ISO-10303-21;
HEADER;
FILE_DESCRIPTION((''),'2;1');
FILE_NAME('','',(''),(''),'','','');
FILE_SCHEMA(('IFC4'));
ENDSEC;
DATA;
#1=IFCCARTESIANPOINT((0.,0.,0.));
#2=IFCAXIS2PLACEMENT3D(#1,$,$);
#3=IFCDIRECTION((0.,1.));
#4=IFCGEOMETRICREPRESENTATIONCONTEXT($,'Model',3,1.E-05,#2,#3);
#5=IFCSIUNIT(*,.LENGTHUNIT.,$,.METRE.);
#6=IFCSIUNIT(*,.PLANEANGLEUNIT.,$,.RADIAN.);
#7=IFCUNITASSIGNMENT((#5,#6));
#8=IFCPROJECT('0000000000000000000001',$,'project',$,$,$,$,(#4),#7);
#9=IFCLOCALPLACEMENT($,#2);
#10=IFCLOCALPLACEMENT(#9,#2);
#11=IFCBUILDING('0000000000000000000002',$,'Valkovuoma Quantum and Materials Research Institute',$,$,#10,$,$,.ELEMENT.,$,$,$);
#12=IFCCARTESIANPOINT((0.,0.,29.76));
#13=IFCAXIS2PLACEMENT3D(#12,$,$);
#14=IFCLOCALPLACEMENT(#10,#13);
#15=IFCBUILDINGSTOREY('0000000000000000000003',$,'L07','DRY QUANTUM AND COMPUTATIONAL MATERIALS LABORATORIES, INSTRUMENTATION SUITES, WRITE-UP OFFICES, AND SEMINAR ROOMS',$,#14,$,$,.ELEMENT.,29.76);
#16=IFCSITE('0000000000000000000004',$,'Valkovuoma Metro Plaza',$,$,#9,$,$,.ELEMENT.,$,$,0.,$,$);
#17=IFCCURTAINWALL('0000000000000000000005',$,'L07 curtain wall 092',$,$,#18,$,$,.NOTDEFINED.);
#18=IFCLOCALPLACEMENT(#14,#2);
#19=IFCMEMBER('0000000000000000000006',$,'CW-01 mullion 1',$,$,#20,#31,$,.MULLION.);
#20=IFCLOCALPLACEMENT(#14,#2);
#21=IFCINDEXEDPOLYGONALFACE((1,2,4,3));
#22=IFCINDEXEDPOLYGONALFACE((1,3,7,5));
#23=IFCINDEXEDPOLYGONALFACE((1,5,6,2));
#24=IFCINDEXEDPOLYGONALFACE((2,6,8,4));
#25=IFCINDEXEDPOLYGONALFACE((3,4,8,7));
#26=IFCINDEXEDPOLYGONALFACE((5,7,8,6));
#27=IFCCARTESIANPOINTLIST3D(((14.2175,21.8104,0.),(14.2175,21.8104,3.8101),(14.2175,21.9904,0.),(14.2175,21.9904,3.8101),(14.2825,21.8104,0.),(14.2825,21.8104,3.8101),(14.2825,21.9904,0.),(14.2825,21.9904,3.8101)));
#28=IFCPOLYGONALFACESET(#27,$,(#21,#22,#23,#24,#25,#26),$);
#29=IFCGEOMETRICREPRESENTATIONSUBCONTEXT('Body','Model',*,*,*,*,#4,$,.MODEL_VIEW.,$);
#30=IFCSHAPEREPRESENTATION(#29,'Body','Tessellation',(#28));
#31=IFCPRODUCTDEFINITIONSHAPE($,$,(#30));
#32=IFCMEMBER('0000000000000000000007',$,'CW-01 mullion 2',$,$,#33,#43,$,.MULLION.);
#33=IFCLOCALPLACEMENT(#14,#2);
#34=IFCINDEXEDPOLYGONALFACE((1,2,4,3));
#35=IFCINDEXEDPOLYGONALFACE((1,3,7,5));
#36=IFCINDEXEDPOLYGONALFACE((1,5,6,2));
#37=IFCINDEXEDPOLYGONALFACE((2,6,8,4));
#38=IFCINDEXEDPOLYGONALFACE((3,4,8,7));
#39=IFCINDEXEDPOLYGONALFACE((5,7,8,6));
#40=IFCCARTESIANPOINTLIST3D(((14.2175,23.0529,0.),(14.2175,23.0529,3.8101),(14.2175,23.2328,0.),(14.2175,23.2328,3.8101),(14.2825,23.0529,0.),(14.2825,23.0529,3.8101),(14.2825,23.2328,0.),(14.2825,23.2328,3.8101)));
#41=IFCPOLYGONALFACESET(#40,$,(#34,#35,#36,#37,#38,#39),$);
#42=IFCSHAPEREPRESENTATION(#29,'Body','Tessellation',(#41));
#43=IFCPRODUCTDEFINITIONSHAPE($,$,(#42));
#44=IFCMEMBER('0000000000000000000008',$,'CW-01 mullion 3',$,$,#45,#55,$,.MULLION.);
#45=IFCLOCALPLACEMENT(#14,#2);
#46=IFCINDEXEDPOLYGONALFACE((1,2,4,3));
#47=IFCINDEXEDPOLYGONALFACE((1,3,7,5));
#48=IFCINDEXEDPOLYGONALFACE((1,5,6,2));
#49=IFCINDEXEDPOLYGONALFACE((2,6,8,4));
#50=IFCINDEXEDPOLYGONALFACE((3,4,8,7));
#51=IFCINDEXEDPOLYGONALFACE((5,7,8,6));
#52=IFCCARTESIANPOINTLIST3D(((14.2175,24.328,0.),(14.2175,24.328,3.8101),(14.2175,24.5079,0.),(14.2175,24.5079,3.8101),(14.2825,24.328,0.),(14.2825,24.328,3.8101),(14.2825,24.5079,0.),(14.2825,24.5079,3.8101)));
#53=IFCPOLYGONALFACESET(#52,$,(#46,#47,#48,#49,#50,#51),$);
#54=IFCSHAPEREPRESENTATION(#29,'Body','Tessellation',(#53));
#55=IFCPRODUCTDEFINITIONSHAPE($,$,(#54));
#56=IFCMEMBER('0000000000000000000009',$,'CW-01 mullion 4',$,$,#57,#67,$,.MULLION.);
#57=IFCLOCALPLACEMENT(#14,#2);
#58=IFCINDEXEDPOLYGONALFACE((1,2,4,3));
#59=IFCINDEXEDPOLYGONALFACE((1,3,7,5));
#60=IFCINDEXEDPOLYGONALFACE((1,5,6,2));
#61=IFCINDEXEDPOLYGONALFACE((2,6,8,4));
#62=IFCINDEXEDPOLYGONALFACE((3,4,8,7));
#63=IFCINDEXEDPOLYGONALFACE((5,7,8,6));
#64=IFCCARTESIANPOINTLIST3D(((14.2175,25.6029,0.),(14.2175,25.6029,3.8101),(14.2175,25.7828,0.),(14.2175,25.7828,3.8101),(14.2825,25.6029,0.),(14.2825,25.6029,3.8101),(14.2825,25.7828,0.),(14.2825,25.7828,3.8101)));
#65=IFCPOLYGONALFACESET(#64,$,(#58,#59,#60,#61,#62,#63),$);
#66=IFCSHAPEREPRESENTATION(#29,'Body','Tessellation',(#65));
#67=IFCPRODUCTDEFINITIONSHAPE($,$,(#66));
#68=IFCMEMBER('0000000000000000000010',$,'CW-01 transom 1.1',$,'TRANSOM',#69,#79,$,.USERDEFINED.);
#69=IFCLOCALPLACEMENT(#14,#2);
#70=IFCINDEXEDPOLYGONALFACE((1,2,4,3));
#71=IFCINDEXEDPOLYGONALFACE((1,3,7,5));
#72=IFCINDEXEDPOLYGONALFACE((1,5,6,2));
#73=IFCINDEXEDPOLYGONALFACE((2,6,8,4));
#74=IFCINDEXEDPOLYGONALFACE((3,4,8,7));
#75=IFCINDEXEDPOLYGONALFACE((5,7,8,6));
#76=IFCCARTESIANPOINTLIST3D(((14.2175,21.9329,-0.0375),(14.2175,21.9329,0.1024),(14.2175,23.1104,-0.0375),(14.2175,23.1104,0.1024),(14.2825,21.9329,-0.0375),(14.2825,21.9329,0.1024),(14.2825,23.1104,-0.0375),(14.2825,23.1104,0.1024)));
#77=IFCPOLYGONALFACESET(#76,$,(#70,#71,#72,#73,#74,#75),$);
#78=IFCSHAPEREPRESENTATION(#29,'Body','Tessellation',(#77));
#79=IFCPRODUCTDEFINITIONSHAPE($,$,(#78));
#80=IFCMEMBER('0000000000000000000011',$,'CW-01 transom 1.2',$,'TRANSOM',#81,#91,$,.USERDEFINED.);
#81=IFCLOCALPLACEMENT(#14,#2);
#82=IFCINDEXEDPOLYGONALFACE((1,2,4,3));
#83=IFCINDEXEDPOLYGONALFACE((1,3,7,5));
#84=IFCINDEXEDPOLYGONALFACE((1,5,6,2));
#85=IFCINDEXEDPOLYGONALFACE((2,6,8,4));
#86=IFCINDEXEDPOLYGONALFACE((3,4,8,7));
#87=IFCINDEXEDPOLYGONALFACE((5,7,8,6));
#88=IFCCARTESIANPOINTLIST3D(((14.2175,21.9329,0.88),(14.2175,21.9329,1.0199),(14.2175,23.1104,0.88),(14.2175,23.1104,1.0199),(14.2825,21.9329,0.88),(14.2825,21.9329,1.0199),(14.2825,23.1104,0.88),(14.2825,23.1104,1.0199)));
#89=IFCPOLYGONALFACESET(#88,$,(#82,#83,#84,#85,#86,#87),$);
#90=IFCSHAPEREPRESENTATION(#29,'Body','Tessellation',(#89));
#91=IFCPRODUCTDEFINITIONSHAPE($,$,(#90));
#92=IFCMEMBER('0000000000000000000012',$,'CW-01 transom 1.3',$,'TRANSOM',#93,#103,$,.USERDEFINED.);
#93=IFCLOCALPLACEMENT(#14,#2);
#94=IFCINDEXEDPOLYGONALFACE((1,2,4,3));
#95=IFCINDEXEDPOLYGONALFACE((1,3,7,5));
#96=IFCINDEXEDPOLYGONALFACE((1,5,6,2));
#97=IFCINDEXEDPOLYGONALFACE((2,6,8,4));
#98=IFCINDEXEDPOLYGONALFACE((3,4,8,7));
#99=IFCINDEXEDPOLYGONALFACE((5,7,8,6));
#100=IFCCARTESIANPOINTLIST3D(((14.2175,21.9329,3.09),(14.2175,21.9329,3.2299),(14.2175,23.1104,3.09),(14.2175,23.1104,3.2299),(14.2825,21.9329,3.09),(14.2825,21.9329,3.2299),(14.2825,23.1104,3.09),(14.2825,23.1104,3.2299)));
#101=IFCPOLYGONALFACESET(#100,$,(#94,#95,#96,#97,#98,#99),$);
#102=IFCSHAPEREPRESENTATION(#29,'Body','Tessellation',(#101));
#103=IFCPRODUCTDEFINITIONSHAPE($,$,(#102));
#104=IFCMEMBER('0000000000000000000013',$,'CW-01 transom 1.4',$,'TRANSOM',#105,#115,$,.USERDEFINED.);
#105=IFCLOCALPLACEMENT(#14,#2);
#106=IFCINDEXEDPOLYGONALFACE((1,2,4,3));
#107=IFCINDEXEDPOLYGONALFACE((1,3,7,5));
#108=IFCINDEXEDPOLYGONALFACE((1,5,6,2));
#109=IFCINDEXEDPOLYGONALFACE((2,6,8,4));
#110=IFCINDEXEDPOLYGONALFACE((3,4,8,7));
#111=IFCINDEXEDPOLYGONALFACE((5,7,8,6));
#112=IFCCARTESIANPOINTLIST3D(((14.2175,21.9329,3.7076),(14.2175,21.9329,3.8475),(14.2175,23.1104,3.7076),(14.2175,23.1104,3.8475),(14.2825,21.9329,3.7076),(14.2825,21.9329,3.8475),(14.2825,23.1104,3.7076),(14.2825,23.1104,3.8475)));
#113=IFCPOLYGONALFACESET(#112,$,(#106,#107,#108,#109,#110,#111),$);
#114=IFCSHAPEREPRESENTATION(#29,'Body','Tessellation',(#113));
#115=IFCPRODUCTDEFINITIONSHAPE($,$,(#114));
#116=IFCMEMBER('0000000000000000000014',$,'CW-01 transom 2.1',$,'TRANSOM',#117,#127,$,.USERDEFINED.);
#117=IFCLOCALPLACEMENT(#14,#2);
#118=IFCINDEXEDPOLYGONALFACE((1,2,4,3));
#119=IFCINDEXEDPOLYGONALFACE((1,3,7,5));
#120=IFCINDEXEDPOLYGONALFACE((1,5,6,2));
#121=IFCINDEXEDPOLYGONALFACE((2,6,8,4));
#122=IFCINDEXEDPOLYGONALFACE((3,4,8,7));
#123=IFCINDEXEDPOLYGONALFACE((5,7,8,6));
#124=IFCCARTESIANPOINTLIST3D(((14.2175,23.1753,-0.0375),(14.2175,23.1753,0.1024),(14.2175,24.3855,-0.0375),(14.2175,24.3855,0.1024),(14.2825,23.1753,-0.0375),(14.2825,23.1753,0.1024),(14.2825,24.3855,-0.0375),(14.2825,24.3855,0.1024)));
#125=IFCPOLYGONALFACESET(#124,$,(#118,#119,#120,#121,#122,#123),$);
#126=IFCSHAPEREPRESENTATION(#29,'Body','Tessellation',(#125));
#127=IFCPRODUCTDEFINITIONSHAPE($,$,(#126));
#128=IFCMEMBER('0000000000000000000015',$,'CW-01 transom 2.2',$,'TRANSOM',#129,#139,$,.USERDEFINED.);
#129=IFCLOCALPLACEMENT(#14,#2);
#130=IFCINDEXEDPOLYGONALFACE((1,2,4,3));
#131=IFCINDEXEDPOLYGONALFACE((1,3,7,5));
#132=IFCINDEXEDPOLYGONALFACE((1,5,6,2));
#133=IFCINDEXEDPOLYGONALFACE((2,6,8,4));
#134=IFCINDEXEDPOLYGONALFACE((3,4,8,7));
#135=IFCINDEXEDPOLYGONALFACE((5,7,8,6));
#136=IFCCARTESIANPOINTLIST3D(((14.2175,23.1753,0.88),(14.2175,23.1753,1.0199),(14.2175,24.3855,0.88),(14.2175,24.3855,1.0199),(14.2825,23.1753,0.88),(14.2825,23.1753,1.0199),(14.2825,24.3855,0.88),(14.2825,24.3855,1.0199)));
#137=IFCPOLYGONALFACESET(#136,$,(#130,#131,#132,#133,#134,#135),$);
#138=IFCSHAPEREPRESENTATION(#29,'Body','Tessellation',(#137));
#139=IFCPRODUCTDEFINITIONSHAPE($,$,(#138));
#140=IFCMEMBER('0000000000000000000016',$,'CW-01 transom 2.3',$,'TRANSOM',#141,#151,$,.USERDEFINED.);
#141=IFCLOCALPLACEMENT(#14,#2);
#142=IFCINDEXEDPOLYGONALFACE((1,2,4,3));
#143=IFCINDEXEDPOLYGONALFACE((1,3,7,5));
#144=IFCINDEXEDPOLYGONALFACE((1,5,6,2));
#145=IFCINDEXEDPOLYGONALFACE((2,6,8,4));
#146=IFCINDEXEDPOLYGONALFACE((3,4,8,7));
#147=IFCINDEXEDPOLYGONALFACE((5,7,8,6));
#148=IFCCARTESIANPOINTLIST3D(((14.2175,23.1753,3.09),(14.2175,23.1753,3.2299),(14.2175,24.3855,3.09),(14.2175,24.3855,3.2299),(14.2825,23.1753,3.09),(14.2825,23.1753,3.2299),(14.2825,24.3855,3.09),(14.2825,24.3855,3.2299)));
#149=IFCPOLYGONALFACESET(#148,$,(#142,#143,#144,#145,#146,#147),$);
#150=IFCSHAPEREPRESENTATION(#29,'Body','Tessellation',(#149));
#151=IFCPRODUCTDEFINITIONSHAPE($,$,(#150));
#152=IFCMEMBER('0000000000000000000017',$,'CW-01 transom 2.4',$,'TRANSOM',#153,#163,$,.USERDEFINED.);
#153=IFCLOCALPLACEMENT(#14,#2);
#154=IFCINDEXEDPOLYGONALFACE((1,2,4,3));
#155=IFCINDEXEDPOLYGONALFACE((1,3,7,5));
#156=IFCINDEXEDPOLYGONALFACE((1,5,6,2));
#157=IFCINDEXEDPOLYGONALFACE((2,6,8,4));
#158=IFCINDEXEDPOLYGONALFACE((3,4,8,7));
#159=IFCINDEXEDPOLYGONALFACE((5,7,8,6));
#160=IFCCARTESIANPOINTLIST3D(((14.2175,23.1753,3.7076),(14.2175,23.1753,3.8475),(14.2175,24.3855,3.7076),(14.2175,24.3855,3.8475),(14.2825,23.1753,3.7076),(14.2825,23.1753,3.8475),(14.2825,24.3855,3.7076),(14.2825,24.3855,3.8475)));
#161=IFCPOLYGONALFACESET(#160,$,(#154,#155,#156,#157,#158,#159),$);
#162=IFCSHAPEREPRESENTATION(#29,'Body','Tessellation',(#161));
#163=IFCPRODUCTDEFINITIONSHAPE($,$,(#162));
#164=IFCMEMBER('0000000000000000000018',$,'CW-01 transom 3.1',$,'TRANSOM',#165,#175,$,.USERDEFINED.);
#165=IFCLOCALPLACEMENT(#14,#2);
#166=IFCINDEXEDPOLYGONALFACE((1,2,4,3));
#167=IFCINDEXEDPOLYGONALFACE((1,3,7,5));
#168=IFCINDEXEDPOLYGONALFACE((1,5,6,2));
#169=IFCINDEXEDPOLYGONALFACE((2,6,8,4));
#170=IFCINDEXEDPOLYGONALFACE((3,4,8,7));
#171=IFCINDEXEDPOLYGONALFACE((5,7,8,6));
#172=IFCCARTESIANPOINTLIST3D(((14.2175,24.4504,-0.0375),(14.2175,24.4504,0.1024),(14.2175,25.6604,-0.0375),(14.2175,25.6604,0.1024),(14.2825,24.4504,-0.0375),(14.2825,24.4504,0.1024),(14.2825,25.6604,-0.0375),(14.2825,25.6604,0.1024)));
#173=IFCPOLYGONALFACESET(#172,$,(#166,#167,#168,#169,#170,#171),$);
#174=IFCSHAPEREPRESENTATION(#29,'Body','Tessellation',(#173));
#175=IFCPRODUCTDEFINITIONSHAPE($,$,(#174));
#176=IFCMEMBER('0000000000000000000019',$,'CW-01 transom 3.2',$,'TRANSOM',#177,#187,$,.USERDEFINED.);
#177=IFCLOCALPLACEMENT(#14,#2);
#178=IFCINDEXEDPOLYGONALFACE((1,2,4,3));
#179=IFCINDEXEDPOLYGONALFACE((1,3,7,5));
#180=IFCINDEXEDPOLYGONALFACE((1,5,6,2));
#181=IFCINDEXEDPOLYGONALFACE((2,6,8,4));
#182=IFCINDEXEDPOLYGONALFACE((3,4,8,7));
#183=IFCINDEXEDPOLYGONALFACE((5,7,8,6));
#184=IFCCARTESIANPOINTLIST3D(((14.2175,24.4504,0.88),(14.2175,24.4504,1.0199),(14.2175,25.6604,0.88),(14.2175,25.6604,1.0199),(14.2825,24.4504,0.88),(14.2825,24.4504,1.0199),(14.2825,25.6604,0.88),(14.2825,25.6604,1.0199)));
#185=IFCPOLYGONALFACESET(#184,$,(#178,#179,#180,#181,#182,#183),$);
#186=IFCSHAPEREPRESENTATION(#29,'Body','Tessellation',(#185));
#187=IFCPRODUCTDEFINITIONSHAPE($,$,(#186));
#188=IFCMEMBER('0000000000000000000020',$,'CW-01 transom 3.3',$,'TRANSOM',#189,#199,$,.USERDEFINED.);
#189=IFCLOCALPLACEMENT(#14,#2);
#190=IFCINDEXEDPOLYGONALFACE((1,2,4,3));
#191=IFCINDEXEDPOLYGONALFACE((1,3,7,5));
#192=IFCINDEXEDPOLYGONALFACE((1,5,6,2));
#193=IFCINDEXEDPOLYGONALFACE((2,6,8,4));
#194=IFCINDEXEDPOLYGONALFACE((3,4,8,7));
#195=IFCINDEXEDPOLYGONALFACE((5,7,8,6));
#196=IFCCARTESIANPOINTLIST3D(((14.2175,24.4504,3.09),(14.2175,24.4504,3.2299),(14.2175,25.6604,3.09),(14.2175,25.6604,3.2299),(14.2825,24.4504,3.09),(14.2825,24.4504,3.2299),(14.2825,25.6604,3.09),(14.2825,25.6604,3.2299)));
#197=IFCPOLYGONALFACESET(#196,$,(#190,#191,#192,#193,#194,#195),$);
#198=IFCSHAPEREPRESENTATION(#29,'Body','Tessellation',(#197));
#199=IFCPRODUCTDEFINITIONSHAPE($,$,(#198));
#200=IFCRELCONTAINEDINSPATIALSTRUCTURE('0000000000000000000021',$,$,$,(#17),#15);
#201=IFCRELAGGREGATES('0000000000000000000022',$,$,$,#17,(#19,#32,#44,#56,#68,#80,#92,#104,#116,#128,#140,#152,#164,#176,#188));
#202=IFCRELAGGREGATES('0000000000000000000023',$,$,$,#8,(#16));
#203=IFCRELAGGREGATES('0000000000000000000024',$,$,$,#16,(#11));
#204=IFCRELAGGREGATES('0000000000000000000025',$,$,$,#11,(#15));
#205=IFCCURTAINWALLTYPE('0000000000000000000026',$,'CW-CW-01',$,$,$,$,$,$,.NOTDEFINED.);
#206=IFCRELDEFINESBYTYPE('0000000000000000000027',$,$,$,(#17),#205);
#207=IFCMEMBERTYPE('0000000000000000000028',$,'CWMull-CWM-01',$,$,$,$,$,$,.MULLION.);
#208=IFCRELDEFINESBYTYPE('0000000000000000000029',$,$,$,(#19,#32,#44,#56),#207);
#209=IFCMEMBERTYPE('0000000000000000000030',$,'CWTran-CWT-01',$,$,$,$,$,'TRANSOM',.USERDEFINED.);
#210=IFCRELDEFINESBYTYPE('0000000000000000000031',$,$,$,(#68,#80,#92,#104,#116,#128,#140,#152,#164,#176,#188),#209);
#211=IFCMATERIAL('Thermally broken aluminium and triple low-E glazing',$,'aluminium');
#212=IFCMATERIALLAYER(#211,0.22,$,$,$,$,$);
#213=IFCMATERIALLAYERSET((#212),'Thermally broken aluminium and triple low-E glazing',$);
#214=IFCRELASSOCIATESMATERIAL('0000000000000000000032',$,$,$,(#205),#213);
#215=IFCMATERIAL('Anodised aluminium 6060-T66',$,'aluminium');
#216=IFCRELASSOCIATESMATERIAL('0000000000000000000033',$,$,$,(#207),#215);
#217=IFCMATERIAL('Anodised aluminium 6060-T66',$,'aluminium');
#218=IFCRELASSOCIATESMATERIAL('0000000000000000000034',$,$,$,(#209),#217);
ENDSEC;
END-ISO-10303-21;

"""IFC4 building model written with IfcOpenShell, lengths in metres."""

from ifc_helpers import new_model, si_unit, direction, frame, origin, origin_2d, place, context, subcontext, project, spatial, rectangle, extrude, material, layer, layer_set, material_profile, profile_set, type_object, element, aggregate, save


model = new_model("IFC4")

# Units and contexts
model_context = context("Model", 3, precision=1e-05, world=origin(), true_north=direction((0.0, 1.0)))
body_context = subcontext(model_context, "Body", "Model", "MODEL_VIEW")
ifc_project = project(units=[si_unit("LENGTHUNIT", "METRE"), si_unit("PLANEANGLEUNIT", "RADIAN")], contexts=[model_context])

# Site, building, storey
site_placement = place(None, origin())
site = spatial("IfcSite", under=ifc_project, at=site_placement, Name="Valkovuoma Metro Plaza", CompositionType="ELEMENT", RefElevation=0.0)
building_placement = place(site_placement, origin())
building = spatial("IfcBuilding", under=site, at=building_placement, Name="Valkovuoma Quantum and Materials Research Institute", CompositionType="ELEMENT")
storey_placement = place(building_placement, frame((0.0, 0.0, 29.76)))
storey = spatial("IfcBuildingStorey", under=building, at=storey_placement, Name="L07", Description="DRY QUANTUM AND COMPUTATIONAL MATERIALS LABORATORIES, INSTRUMENTATION SUITES, WRITE-UP OFFICES, AND SEMINAR ROOMS", CompositionType="ELEMENT", Elevation=29.76)

# Curtain wall, members
ifc_material_1 = material(Name="Thermally broken aluminium and triple low-E glazing", Category="aluminium")
ifc_layer_1 = layer(ifc_material_1, 0.22)
ifc_layer_set_1 = layer_set([ifc_layer_1], Name="Thermally broken aluminium and triple low-E glazing")
curtain_wall_type = type_object("IfcCurtainWallType", Name="CW-CW-01", PredefinedType="NOTDEFINED", material=ifc_layer_set_1)
curtain_wall_placement = place(storey_placement, origin())
curtain_wall = element("IfcCurtainWall", 1, at=curtain_wall_placement, inside=storey, type_object=curtain_wall_type, Name="L07 curtain wall 092", PredefinedType="NOTDEFINED")
ifc_material_2 = material(Name="Anodised aluminium 6060-T66", Category="aluminium")
ifc_material_profile_1 = material_profile(ifc_material_2, rectangle(XDim=0.0649, YDim=0.1799, at=origin_2d()), Name="Anodised aluminium 6060-T66")
ifc_profile_set_1 = profile_set([ifc_material_profile_1], Name="Anodised aluminium 6060-T66")
member_type_1 = type_object("IfcMemberType", Name="CWMull-CWM-01", PredefinedType="MULLION", material=ifc_profile_set_1)
member_1_placement = place(storey_placement, frame((14.25, 21.9004, 0.0), z_axis=(0.0, 0.0, 1.0), x_axis=(-1.0, 0.0, 0.0)))
member_1 = element("IfcMember", 2, at=member_1_placement, type_object=member_type_1, Name="CW-01 mullion 1", PredefinedType="MULLION", context=body_context, shape_type="SweptSolid", body=[
    extrude(rectangle(XDim=0.0649, YDim=0.1799, at=origin_2d()), origin(), (0.0, 0.0, 1.0), 3.8101),
])
member_2_placement = place(storey_placement, frame((14.25, 23.1428, 0.0), z_axis=(0.0, 0.0, 1.0), x_axis=(-1.0, 0.0, 0.0)))
member_2 = element("IfcMember", 3, at=member_2_placement, type_object=member_type_1, Name="CW-01 mullion 2", PredefinedType="MULLION", context=body_context, shape_type="SweptSolid", body=[
    extrude(rectangle(XDim=0.0649, YDim=0.1799, at=origin_2d()), origin(), (0.0, 0.0, 1.0), 3.8101),
])
member_3_placement = place(storey_placement, frame((14.25, 24.418, 0.0), z_axis=(0.0, 0.0, 1.0), x_axis=(-1.0, 0.0, 0.0)))
member_3 = element("IfcMember", 4, at=member_3_placement, type_object=member_type_1, Name="CW-01 mullion 3", PredefinedType="MULLION", context=body_context, shape_type="SweptSolid", body=[
    extrude(rectangle(XDim=0.0649, YDim=0.1799, at=origin_2d()), origin(), (0.0, 0.0, 1.0), 3.8101),
])
member_4_placement = place(storey_placement, frame((14.25, 25.6929, 0.0), z_axis=(0.0, 0.0, 1.0), x_axis=(-1.0, 0.0, 0.0)))
member_4 = element("IfcMember", 5, at=member_4_placement, type_object=member_type_1, Name="CW-01 mullion 4", PredefinedType="MULLION", context=body_context, shape_type="SweptSolid", body=[
    extrude(rectangle(XDim=0.0649, YDim=0.1799, at=origin_2d()), origin(), (0.0, 0.0, 1.0), 3.8101),
])
ifc_material_3 = material(Name="Anodised aluminium 6060-T66", Category="aluminium")
ifc_material_profile_2 = material_profile(ifc_material_3, rectangle(XDim=0.0649, YDim=0.1399, at=origin_2d()), Name="Anodised aluminium 6060-T66")
ifc_profile_set_2 = profile_set([ifc_material_profile_2], Name="Anodised aluminium 6060-T66")
member_type_2 = type_object("IfcMemberType", Name="CWTran-CWT-01", ElementType="TRANSOM", PredefinedType="USERDEFINED", material=ifc_profile_set_2)
member_5_placement = place(storey_placement, frame((14.25, 21.9329, 0.0325), z_axis=(0.0, 1.0, 0.0), x_axis=(-1.0, 0.0, 0.0)))
member_5 = element("IfcMember", 6, at=member_5_placement, type_object=member_type_2, Name="CW-01 transom 1.1", ObjectType="TRANSOM", PredefinedType="USERDEFINED", context=body_context, shape_type="SweptSolid", body=[
    extrude(rectangle(XDim=0.0649, YDim=0.1399, at=origin_2d()), origin(), (0.0, 0.0, 1.0), 1.1775),
])
member_6_placement = place(storey_placement, frame((14.25, 21.9329, 0.95), z_axis=(0.0, 1.0, 0.0), x_axis=(-1.0, 0.0, 0.0)))
member_6 = element("IfcMember", 7, at=member_6_placement, type_object=member_type_2, Name="CW-01 transom 1.2", ObjectType="TRANSOM", PredefinedType="USERDEFINED", context=body_context, shape_type="SweptSolid", body=[
    extrude(rectangle(XDim=0.0649, YDim=0.1399, at=origin_2d()), origin(), (0.0, 0.0, 1.0), 1.1775),
])
member_7_placement = place(storey_placement, frame((14.25, 21.9329, 3.1599), z_axis=(0.0, 1.0, 0.0), x_axis=(-1.0, 0.0, 0.0)))
member_7 = element("IfcMember", 8, at=member_7_placement, type_object=member_type_2, Name="CW-01 transom 1.3", ObjectType="TRANSOM", PredefinedType="USERDEFINED", context=body_context, shape_type="SweptSolid", body=[
    extrude(rectangle(XDim=0.0649, YDim=0.1399, at=origin_2d()), origin(), (0.0, 0.0, 1.0), 1.1775),
])
member_8_placement = place(storey_placement, frame((14.25, 21.9329, 3.7776), z_axis=(0.0, 1.0, 0.0), x_axis=(-1.0, 0.0, 0.0)))
member_8 = element("IfcMember", 9, at=member_8_placement, type_object=member_type_2, Name="CW-01 transom 1.4", ObjectType="TRANSOM", PredefinedType="USERDEFINED", context=body_context, shape_type="SweptSolid", body=[
    extrude(rectangle(XDim=0.0649, YDim=0.1399, at=origin_2d()), origin(), (0.0, 0.0, 1.0), 1.1775),
])
member_9_placement = place(storey_placement, frame((14.25, 23.1753, 0.0325), z_axis=(0.0, 1.0, 0.0), x_axis=(-1.0, 0.0, 0.0)))
member_9 = element("IfcMember", 10, at=member_9_placement, type_object=member_type_2, Name="CW-01 transom 2.1", ObjectType="TRANSOM", PredefinedType="USERDEFINED", context=body_context, shape_type="SweptSolid", body=[
    extrude(rectangle(XDim=0.0649, YDim=0.1399, at=origin_2d()), origin(), (0.0, 0.0, 1.0), 1.2102),
])
member_10_placement = place(storey_placement, frame((14.25, 23.1753, 0.95), z_axis=(0.0, 1.0, 0.0), x_axis=(-1.0, 0.0, 0.0)))
member_10 = element("IfcMember", 11, at=member_10_placement, type_object=member_type_2, Name="CW-01 transom 2.2", ObjectType="TRANSOM", PredefinedType="USERDEFINED", context=body_context, shape_type="SweptSolid", body=[
    extrude(rectangle(XDim=0.0649, YDim=0.1399, at=origin_2d()), origin(), (0.0, 0.0, 1.0), 1.2102),
])
member_11_placement = place(storey_placement, frame((14.25, 23.1753, 3.1599), z_axis=(0.0, 1.0, 0.0), x_axis=(-1.0, 0.0, 0.0)))
member_11 = element("IfcMember", 12, at=member_11_placement, type_object=member_type_2, Name="CW-01 transom 2.3", ObjectType="TRANSOM", PredefinedType="USERDEFINED", context=body_context, shape_type="SweptSolid", body=[
    extrude(rectangle(XDim=0.0649, YDim=0.1399, at=origin_2d()), origin(), (0.0, 0.0, 1.0), 1.2102),
])
member_12_placement = place(storey_placement, frame((14.25, 23.1753, 3.7776), z_axis=(0.0, 1.0, 0.0), x_axis=(-1.0, 0.0, 0.0)))
member_12 = element("IfcMember", 13, at=member_12_placement, type_object=member_type_2, Name="CW-01 transom 2.4", ObjectType="TRANSOM", PredefinedType="USERDEFINED", context=body_context, shape_type="SweptSolid", body=[
    extrude(rectangle(XDim=0.0649, YDim=0.1399, at=origin_2d()), origin(), (0.0, 0.0, 1.0), 1.2102),
])
member_13_placement = place(storey_placement, frame((14.25, 24.4504, 0.0325), z_axis=(0.0, 1.0, 0.0), x_axis=(-1.0, 0.0, 0.0)))
member_13 = element("IfcMember", 14, at=member_13_placement, type_object=member_type_2, Name="CW-01 transom 3.1", ObjectType="TRANSOM", PredefinedType="USERDEFINED", context=body_context, shape_type="SweptSolid", body=[
    extrude(rectangle(XDim=0.0649, YDim=0.1399, at=origin_2d()), origin(), (0.0, 0.0, 1.0), 1.21),
])
member_14_placement = place(storey_placement, frame((14.25, 24.4504, 0.95), z_axis=(0.0, 1.0, 0.0), x_axis=(-1.0, 0.0, 0.0)))
member_14 = element("IfcMember", 15, at=member_14_placement, type_object=member_type_2, Name="CW-01 transom 3.2", ObjectType="TRANSOM", PredefinedType="USERDEFINED", context=body_context, shape_type="SweptSolid", body=[
    extrude(rectangle(XDim=0.0649, YDim=0.1399, at=origin_2d()), origin(), (0.0, 0.0, 1.0), 1.21),
])
member_15_placement = place(storey_placement, frame((14.25, 24.4504, 3.1599), z_axis=(0.0, 1.0, 0.0), x_axis=(-1.0, 0.0, 0.0)))
member_15 = element("IfcMember", 16, at=member_15_placement, type_object=member_type_2, Name="CW-01 transom 3.3", ObjectType="TRANSOM", PredefinedType="USERDEFINED", context=body_context, shape_type="SweptSolid", body=[
    extrude(rectangle(XDim=0.0649, YDim=0.1399, at=origin_2d()), origin(), (0.0, 0.0, 1.0), 1.21),
])
aggregate(curtain_wall, [member_1, member_2, member_3, member_4, member_5, member_6, member_7, member_8, member_9, member_10, member_11, member_12, member_13, member_14, member_15])

save(model, "model.ifc")
